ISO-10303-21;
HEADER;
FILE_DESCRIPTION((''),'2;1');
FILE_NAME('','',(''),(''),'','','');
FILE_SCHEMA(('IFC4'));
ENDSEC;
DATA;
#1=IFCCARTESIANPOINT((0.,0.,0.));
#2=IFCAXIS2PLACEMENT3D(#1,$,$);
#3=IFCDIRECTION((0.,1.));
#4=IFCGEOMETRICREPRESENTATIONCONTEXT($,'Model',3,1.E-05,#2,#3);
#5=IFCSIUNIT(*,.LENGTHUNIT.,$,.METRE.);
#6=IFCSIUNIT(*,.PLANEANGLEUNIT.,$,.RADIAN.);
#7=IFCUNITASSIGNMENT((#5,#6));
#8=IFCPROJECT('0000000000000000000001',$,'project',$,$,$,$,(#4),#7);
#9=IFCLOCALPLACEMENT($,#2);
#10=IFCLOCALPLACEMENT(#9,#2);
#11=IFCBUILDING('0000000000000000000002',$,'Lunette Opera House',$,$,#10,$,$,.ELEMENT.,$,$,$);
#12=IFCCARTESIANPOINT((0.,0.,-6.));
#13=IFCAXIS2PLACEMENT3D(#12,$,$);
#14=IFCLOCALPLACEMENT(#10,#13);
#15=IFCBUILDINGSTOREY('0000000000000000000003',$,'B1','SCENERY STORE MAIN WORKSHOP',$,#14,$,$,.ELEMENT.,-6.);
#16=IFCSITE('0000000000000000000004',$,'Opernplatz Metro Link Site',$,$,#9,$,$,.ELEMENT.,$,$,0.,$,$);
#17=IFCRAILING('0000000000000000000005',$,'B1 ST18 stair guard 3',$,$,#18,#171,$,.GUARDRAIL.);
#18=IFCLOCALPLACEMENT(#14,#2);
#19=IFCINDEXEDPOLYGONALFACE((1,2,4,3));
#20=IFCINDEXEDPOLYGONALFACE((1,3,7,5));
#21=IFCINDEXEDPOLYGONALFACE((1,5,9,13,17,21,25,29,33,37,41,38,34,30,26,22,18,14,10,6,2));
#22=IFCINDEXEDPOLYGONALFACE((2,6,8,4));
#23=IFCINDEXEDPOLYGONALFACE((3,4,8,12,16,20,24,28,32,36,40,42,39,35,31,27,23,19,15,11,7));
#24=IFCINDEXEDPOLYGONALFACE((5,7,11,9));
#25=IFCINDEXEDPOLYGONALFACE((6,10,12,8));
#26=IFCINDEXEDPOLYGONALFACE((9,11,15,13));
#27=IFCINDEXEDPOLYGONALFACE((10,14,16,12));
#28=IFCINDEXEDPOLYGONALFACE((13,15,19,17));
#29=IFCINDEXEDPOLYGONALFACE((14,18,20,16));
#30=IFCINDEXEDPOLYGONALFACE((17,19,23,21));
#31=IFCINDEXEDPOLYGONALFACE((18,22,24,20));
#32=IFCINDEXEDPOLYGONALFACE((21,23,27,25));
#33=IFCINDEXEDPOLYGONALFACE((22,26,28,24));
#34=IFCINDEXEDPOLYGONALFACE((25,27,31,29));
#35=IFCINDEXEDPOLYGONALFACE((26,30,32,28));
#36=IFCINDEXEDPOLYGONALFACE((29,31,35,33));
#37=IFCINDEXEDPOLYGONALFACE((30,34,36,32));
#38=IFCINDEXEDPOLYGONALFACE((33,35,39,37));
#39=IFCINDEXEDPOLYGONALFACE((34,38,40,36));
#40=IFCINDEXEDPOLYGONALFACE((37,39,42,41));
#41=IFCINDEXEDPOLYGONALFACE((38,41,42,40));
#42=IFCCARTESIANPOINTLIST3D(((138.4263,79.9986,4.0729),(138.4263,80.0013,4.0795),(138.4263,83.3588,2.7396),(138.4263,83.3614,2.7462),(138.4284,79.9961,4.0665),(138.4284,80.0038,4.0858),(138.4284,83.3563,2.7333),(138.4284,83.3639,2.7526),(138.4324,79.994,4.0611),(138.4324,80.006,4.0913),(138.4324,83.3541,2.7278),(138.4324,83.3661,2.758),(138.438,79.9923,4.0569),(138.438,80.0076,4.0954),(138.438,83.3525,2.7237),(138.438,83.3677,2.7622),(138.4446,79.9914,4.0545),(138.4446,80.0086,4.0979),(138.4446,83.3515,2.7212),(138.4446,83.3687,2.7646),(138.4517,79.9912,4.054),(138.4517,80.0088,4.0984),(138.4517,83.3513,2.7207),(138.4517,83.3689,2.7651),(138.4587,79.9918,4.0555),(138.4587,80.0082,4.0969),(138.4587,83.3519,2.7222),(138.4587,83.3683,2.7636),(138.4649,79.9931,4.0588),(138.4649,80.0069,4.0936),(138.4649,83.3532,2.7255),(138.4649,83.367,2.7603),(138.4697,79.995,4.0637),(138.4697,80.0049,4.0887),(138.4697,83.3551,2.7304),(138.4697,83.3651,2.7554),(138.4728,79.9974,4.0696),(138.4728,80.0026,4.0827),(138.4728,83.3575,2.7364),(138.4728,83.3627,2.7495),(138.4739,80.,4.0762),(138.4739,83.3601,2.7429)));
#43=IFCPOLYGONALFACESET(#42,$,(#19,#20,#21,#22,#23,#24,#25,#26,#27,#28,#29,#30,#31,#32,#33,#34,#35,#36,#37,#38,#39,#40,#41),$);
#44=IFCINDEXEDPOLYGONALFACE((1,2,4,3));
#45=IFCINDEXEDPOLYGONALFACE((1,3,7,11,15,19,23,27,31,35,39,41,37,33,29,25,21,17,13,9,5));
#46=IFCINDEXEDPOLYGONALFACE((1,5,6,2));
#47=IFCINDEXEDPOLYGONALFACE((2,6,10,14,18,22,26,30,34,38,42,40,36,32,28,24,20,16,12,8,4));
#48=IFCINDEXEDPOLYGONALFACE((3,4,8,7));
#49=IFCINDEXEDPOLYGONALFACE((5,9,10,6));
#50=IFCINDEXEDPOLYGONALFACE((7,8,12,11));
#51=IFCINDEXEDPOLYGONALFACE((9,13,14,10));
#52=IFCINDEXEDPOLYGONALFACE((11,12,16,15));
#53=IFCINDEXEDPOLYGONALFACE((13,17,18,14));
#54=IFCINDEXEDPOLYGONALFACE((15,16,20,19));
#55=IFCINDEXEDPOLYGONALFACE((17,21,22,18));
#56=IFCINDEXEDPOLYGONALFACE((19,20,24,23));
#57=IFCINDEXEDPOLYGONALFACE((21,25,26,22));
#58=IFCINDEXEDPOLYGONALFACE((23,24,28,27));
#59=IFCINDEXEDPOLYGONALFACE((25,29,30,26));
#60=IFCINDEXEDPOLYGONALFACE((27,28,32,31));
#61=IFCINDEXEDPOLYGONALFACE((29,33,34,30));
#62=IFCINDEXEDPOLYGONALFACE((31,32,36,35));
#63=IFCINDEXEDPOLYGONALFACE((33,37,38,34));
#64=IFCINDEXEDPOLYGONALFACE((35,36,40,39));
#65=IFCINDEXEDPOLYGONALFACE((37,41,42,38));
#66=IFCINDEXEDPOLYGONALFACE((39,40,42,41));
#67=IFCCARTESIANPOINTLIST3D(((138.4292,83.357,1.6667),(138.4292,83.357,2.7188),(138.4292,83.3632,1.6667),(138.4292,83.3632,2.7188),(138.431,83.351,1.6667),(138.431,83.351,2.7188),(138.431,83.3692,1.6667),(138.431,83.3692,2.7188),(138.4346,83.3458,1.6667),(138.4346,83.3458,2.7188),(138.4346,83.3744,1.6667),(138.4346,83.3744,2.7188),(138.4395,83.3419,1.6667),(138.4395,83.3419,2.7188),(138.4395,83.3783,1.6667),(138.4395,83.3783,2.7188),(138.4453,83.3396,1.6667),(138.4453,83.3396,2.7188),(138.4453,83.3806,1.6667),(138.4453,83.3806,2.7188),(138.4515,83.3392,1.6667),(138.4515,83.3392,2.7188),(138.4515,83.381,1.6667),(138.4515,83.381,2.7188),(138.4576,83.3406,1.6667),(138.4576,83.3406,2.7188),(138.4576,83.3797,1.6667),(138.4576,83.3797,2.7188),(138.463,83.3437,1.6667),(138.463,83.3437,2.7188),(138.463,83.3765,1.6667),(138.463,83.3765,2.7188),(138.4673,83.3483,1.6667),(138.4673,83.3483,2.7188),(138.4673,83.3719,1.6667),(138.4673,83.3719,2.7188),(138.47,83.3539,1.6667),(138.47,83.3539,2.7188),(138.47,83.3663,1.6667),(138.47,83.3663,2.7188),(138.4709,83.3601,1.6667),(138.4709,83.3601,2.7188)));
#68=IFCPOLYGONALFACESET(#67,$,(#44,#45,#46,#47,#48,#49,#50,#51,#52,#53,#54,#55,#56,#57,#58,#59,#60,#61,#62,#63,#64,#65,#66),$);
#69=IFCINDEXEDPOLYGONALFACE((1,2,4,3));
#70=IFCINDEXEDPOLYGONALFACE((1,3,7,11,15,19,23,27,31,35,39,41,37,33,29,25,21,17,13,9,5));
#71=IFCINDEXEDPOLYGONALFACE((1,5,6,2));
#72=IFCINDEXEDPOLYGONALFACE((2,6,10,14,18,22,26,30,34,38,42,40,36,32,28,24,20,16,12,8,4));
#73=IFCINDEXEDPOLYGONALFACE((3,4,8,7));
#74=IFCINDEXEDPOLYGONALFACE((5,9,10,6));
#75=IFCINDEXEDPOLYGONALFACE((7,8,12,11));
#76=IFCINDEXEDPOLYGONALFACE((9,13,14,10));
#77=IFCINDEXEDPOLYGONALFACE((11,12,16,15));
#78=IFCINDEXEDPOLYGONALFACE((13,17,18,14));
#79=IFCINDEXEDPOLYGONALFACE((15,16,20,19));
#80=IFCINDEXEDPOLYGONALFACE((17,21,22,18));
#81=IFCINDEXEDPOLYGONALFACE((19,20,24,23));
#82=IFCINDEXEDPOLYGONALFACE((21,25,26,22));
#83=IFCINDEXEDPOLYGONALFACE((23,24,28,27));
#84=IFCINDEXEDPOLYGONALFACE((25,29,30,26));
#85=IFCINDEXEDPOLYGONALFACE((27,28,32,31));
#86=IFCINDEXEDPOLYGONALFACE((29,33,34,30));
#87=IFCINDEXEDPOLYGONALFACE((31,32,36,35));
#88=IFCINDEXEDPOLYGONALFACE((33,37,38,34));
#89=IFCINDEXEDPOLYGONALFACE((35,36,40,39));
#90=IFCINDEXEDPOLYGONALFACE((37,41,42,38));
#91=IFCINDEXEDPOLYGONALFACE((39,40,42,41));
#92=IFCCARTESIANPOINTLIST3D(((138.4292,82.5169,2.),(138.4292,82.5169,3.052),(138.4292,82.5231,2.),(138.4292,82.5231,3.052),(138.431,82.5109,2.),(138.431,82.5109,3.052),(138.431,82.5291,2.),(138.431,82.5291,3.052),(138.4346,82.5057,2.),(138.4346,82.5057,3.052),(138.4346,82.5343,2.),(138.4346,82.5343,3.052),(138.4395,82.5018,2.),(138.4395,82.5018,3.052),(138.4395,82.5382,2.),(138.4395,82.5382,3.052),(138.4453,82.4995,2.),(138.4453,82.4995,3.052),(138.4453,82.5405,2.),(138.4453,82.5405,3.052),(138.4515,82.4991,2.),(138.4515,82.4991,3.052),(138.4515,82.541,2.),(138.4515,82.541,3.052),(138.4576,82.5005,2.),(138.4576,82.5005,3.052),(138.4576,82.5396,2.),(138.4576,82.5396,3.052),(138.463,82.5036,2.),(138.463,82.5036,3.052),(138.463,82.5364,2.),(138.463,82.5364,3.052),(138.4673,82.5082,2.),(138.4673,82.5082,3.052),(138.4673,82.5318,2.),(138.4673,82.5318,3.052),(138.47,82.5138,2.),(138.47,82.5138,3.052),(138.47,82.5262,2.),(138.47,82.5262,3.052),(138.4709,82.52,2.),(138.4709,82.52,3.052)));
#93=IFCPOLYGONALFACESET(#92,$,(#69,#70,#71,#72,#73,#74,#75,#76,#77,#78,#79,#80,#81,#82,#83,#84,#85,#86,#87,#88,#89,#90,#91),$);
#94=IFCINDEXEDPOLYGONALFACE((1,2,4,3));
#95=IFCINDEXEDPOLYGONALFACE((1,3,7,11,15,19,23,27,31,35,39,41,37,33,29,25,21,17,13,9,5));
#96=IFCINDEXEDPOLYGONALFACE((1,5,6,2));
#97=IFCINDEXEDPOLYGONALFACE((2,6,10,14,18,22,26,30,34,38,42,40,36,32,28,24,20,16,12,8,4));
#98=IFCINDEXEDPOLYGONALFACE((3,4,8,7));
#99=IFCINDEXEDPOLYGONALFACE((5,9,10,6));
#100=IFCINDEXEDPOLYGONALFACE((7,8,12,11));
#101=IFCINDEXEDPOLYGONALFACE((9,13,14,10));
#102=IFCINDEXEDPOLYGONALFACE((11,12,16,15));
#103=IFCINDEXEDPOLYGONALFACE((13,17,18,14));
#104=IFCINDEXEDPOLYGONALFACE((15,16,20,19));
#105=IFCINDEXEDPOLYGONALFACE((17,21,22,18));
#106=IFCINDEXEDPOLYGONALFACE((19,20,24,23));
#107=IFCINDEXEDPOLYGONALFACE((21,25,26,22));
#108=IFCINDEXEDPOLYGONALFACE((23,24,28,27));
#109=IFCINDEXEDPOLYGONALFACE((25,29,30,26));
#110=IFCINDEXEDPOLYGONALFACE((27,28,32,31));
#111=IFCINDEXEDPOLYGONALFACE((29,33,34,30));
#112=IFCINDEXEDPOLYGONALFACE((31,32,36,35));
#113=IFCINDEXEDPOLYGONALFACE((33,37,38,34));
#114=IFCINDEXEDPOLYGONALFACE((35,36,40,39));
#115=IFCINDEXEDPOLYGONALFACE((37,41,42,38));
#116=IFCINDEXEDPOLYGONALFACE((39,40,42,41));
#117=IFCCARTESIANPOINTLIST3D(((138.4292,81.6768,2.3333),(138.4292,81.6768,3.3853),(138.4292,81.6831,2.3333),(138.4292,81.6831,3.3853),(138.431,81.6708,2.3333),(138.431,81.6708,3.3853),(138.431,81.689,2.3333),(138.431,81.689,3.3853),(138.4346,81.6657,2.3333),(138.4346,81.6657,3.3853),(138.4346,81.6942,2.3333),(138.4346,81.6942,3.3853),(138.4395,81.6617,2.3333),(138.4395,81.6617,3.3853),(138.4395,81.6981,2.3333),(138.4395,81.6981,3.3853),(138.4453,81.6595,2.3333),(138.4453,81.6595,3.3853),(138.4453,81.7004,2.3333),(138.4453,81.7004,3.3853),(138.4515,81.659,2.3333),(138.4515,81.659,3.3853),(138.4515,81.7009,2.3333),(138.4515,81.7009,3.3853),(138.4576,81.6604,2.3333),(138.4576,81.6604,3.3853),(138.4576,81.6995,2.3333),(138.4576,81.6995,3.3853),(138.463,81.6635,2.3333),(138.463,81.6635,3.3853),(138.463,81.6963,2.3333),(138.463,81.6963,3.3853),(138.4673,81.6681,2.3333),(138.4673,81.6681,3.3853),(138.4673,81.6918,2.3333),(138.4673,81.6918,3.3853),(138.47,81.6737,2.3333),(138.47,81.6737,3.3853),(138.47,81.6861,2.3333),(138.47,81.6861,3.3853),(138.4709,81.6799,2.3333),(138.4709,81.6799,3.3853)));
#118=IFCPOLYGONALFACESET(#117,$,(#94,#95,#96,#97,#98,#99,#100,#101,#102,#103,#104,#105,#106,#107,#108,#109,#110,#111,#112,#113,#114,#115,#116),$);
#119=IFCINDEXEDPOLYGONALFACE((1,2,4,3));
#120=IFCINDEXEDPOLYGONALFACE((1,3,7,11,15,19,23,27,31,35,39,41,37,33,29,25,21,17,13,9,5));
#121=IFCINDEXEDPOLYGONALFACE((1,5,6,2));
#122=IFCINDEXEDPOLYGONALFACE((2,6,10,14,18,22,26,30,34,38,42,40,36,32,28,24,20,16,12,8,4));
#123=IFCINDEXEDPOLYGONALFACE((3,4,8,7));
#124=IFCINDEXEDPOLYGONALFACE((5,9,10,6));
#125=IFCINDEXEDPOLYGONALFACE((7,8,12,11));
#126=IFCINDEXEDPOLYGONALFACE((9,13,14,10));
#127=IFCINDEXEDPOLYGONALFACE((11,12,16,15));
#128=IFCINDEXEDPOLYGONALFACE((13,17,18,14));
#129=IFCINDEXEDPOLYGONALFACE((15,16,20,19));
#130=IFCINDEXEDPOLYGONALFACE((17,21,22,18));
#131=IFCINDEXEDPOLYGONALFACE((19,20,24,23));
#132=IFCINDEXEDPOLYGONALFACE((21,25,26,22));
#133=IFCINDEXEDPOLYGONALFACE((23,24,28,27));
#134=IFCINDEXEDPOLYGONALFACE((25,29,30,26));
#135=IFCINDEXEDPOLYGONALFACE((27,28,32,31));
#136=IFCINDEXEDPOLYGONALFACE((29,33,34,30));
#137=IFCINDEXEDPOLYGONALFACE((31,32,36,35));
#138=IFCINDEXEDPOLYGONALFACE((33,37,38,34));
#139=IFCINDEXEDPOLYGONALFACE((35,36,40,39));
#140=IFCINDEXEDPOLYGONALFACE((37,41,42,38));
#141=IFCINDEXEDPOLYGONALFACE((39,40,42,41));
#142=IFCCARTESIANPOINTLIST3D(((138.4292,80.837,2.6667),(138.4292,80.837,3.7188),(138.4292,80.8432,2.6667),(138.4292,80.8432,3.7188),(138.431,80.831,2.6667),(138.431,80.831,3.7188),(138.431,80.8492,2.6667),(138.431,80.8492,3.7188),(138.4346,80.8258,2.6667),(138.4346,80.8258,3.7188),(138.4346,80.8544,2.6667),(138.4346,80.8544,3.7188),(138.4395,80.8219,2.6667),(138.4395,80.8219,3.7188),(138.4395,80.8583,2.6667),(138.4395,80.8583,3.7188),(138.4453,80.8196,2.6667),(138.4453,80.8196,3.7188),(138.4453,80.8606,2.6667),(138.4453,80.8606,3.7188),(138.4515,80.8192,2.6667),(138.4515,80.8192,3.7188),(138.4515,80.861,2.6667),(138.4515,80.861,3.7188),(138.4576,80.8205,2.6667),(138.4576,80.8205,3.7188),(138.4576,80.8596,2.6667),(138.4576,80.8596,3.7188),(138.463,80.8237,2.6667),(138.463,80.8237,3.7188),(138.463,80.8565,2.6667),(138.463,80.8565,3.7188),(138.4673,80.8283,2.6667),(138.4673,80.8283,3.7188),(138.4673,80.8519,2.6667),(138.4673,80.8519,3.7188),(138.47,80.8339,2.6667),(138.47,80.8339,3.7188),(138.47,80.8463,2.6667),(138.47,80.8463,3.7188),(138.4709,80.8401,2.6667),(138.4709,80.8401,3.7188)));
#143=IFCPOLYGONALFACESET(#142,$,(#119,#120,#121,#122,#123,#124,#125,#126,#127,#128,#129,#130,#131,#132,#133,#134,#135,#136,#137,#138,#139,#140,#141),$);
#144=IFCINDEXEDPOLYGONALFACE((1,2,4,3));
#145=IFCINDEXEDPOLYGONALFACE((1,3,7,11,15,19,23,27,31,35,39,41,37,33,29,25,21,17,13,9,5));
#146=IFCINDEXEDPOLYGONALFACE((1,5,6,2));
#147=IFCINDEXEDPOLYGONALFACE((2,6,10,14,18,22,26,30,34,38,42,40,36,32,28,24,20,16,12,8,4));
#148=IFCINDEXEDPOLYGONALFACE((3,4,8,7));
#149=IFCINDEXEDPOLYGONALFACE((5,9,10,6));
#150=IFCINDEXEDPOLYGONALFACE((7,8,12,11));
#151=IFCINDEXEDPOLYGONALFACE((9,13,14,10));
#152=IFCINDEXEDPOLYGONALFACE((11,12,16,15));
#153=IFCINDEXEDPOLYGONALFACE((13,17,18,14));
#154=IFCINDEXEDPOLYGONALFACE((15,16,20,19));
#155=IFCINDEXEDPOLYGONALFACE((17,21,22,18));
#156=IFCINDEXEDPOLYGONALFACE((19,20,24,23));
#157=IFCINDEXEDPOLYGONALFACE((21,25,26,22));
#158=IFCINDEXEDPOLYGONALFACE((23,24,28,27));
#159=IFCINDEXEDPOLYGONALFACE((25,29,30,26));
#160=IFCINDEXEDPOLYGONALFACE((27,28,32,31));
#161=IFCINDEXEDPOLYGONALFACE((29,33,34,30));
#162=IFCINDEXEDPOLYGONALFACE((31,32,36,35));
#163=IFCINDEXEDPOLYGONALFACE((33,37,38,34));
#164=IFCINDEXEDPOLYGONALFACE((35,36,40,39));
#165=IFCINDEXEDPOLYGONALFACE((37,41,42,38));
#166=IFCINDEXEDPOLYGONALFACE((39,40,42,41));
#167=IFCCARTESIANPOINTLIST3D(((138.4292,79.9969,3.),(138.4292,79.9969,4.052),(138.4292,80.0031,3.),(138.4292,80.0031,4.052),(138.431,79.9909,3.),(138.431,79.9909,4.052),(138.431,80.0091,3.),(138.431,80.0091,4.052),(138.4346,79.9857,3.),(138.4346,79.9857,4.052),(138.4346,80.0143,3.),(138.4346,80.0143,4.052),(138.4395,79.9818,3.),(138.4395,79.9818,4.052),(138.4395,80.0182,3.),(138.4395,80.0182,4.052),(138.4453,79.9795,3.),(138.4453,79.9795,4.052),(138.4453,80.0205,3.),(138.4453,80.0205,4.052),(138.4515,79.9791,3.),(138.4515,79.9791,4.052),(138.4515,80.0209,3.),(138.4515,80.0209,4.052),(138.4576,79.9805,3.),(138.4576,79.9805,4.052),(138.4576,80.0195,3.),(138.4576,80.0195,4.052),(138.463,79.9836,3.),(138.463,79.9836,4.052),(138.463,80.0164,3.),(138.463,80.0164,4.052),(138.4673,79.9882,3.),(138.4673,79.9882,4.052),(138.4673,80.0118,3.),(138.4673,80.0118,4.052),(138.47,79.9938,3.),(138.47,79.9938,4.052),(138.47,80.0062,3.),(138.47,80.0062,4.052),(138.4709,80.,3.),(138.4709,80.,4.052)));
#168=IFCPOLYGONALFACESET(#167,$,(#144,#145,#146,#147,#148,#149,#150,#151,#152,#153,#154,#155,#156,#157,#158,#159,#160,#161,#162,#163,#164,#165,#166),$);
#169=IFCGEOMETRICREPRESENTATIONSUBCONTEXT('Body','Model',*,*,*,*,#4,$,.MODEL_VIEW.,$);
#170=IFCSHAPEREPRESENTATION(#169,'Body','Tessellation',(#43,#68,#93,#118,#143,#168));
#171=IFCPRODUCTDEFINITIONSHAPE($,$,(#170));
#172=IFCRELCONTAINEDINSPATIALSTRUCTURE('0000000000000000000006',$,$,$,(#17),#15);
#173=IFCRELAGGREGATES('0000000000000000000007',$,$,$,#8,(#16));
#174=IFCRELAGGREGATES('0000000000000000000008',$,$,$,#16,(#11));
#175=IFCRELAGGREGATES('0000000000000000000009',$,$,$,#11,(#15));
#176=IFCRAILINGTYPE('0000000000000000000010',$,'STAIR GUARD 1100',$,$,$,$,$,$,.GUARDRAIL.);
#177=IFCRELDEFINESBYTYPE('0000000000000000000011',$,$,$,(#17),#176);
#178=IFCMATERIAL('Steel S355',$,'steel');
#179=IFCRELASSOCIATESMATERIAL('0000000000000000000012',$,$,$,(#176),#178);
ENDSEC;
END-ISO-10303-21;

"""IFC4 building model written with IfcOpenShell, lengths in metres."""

from ifc_helpers import new_model, si_unit, direction, frame, origin, origin_2d, place, context, subcontext, project, spatial, circle, extrude, material, type_object, element, save


model = new_model("IFC4")

# Units and contexts
model_context = context("Model", 3, precision=1e-05, world=origin(), true_north=direction((0.0, 1.0)))
body_context = subcontext(model_context, "Body", "Model", "MODEL_VIEW")
ifc_project = project(units=[si_unit("LENGTHUNIT", "METRE"), si_unit("PLANEANGLEUNIT", "RADIAN")], contexts=[model_context])

# Site, building, storey
site_placement = place(None, origin())
site = spatial("IfcSite", under=ifc_project, at=site_placement, Name="Opernplatz Metro Link Site", CompositionType="ELEMENT", RefElevation=0.0)
building_placement = place(site_placement, origin())
building = spatial("IfcBuilding", under=site, at=building_placement, Name="Lunette Opera House", CompositionType="ELEMENT")
storey_placement = place(building_placement, frame((0.0, 0.0, -6.0)))
storey = spatial("IfcBuildingStorey", under=building, at=storey_placement, Name="B1", Description="SCENERY STORE MAIN WORKSHOP", CompositionType="ELEMENT", Elevation=-6.0)

# Railing
ifc_material_1 = material(Name="Steel S355", Category="steel")
railing_type_1 = type_object("IfcRailingType", Name="STAIR GUARD 1100", PredefinedType="GUARDRAIL", material=ifc_material_1)
railing_1_placement = place(storey_placement, frame((138.45, 83.3601, 1.6667)))
element("IfcRailing", 1, at=railing_1_placement, inside=storey, type_object=railing_type_1, Name="B1 ST18 stair guard 3", PredefinedType="GUARDRAIL", context=body_context, shape_type="SweptSolid", body=[
    extrude(circle(Radius=0.0239, at=origin_2d()), frame((0.0, 0.0, 1.0762), z_axis=(0.0, -0.929502, 0.368816), x_axis=(1.0, 0.0, 0.0)), (0.0, 0.0, 1.0), 3.615),
    extrude(circle(Radius=0.021, at=origin_2d()), origin(), (0.0, 0.0, 1.0), 1.052),
    extrude(circle(Radius=0.021, at=origin_2d()), frame((0.0, -0.8401, 0.3333)), (0.0, 0.0, 1.0), 1.052),
    extrude(circle(Radius=0.021, at=origin_2d()), frame((0.0, -1.6802, 0.6665)), (0.0, 0.0, 1.0), 1.052),
    extrude(circle(Radius=0.021, at=origin_2d()), frame((0.0, -2.52, 1.0)), (0.0, 0.0, 1.0), 1.052),
    extrude(circle(Radius=0.021, at=origin_2d()), frame((0.0, -3.3601, 1.3333)), (0.0, 0.0, 1.0), 1.052),
])

save(model, "model.ifc")
